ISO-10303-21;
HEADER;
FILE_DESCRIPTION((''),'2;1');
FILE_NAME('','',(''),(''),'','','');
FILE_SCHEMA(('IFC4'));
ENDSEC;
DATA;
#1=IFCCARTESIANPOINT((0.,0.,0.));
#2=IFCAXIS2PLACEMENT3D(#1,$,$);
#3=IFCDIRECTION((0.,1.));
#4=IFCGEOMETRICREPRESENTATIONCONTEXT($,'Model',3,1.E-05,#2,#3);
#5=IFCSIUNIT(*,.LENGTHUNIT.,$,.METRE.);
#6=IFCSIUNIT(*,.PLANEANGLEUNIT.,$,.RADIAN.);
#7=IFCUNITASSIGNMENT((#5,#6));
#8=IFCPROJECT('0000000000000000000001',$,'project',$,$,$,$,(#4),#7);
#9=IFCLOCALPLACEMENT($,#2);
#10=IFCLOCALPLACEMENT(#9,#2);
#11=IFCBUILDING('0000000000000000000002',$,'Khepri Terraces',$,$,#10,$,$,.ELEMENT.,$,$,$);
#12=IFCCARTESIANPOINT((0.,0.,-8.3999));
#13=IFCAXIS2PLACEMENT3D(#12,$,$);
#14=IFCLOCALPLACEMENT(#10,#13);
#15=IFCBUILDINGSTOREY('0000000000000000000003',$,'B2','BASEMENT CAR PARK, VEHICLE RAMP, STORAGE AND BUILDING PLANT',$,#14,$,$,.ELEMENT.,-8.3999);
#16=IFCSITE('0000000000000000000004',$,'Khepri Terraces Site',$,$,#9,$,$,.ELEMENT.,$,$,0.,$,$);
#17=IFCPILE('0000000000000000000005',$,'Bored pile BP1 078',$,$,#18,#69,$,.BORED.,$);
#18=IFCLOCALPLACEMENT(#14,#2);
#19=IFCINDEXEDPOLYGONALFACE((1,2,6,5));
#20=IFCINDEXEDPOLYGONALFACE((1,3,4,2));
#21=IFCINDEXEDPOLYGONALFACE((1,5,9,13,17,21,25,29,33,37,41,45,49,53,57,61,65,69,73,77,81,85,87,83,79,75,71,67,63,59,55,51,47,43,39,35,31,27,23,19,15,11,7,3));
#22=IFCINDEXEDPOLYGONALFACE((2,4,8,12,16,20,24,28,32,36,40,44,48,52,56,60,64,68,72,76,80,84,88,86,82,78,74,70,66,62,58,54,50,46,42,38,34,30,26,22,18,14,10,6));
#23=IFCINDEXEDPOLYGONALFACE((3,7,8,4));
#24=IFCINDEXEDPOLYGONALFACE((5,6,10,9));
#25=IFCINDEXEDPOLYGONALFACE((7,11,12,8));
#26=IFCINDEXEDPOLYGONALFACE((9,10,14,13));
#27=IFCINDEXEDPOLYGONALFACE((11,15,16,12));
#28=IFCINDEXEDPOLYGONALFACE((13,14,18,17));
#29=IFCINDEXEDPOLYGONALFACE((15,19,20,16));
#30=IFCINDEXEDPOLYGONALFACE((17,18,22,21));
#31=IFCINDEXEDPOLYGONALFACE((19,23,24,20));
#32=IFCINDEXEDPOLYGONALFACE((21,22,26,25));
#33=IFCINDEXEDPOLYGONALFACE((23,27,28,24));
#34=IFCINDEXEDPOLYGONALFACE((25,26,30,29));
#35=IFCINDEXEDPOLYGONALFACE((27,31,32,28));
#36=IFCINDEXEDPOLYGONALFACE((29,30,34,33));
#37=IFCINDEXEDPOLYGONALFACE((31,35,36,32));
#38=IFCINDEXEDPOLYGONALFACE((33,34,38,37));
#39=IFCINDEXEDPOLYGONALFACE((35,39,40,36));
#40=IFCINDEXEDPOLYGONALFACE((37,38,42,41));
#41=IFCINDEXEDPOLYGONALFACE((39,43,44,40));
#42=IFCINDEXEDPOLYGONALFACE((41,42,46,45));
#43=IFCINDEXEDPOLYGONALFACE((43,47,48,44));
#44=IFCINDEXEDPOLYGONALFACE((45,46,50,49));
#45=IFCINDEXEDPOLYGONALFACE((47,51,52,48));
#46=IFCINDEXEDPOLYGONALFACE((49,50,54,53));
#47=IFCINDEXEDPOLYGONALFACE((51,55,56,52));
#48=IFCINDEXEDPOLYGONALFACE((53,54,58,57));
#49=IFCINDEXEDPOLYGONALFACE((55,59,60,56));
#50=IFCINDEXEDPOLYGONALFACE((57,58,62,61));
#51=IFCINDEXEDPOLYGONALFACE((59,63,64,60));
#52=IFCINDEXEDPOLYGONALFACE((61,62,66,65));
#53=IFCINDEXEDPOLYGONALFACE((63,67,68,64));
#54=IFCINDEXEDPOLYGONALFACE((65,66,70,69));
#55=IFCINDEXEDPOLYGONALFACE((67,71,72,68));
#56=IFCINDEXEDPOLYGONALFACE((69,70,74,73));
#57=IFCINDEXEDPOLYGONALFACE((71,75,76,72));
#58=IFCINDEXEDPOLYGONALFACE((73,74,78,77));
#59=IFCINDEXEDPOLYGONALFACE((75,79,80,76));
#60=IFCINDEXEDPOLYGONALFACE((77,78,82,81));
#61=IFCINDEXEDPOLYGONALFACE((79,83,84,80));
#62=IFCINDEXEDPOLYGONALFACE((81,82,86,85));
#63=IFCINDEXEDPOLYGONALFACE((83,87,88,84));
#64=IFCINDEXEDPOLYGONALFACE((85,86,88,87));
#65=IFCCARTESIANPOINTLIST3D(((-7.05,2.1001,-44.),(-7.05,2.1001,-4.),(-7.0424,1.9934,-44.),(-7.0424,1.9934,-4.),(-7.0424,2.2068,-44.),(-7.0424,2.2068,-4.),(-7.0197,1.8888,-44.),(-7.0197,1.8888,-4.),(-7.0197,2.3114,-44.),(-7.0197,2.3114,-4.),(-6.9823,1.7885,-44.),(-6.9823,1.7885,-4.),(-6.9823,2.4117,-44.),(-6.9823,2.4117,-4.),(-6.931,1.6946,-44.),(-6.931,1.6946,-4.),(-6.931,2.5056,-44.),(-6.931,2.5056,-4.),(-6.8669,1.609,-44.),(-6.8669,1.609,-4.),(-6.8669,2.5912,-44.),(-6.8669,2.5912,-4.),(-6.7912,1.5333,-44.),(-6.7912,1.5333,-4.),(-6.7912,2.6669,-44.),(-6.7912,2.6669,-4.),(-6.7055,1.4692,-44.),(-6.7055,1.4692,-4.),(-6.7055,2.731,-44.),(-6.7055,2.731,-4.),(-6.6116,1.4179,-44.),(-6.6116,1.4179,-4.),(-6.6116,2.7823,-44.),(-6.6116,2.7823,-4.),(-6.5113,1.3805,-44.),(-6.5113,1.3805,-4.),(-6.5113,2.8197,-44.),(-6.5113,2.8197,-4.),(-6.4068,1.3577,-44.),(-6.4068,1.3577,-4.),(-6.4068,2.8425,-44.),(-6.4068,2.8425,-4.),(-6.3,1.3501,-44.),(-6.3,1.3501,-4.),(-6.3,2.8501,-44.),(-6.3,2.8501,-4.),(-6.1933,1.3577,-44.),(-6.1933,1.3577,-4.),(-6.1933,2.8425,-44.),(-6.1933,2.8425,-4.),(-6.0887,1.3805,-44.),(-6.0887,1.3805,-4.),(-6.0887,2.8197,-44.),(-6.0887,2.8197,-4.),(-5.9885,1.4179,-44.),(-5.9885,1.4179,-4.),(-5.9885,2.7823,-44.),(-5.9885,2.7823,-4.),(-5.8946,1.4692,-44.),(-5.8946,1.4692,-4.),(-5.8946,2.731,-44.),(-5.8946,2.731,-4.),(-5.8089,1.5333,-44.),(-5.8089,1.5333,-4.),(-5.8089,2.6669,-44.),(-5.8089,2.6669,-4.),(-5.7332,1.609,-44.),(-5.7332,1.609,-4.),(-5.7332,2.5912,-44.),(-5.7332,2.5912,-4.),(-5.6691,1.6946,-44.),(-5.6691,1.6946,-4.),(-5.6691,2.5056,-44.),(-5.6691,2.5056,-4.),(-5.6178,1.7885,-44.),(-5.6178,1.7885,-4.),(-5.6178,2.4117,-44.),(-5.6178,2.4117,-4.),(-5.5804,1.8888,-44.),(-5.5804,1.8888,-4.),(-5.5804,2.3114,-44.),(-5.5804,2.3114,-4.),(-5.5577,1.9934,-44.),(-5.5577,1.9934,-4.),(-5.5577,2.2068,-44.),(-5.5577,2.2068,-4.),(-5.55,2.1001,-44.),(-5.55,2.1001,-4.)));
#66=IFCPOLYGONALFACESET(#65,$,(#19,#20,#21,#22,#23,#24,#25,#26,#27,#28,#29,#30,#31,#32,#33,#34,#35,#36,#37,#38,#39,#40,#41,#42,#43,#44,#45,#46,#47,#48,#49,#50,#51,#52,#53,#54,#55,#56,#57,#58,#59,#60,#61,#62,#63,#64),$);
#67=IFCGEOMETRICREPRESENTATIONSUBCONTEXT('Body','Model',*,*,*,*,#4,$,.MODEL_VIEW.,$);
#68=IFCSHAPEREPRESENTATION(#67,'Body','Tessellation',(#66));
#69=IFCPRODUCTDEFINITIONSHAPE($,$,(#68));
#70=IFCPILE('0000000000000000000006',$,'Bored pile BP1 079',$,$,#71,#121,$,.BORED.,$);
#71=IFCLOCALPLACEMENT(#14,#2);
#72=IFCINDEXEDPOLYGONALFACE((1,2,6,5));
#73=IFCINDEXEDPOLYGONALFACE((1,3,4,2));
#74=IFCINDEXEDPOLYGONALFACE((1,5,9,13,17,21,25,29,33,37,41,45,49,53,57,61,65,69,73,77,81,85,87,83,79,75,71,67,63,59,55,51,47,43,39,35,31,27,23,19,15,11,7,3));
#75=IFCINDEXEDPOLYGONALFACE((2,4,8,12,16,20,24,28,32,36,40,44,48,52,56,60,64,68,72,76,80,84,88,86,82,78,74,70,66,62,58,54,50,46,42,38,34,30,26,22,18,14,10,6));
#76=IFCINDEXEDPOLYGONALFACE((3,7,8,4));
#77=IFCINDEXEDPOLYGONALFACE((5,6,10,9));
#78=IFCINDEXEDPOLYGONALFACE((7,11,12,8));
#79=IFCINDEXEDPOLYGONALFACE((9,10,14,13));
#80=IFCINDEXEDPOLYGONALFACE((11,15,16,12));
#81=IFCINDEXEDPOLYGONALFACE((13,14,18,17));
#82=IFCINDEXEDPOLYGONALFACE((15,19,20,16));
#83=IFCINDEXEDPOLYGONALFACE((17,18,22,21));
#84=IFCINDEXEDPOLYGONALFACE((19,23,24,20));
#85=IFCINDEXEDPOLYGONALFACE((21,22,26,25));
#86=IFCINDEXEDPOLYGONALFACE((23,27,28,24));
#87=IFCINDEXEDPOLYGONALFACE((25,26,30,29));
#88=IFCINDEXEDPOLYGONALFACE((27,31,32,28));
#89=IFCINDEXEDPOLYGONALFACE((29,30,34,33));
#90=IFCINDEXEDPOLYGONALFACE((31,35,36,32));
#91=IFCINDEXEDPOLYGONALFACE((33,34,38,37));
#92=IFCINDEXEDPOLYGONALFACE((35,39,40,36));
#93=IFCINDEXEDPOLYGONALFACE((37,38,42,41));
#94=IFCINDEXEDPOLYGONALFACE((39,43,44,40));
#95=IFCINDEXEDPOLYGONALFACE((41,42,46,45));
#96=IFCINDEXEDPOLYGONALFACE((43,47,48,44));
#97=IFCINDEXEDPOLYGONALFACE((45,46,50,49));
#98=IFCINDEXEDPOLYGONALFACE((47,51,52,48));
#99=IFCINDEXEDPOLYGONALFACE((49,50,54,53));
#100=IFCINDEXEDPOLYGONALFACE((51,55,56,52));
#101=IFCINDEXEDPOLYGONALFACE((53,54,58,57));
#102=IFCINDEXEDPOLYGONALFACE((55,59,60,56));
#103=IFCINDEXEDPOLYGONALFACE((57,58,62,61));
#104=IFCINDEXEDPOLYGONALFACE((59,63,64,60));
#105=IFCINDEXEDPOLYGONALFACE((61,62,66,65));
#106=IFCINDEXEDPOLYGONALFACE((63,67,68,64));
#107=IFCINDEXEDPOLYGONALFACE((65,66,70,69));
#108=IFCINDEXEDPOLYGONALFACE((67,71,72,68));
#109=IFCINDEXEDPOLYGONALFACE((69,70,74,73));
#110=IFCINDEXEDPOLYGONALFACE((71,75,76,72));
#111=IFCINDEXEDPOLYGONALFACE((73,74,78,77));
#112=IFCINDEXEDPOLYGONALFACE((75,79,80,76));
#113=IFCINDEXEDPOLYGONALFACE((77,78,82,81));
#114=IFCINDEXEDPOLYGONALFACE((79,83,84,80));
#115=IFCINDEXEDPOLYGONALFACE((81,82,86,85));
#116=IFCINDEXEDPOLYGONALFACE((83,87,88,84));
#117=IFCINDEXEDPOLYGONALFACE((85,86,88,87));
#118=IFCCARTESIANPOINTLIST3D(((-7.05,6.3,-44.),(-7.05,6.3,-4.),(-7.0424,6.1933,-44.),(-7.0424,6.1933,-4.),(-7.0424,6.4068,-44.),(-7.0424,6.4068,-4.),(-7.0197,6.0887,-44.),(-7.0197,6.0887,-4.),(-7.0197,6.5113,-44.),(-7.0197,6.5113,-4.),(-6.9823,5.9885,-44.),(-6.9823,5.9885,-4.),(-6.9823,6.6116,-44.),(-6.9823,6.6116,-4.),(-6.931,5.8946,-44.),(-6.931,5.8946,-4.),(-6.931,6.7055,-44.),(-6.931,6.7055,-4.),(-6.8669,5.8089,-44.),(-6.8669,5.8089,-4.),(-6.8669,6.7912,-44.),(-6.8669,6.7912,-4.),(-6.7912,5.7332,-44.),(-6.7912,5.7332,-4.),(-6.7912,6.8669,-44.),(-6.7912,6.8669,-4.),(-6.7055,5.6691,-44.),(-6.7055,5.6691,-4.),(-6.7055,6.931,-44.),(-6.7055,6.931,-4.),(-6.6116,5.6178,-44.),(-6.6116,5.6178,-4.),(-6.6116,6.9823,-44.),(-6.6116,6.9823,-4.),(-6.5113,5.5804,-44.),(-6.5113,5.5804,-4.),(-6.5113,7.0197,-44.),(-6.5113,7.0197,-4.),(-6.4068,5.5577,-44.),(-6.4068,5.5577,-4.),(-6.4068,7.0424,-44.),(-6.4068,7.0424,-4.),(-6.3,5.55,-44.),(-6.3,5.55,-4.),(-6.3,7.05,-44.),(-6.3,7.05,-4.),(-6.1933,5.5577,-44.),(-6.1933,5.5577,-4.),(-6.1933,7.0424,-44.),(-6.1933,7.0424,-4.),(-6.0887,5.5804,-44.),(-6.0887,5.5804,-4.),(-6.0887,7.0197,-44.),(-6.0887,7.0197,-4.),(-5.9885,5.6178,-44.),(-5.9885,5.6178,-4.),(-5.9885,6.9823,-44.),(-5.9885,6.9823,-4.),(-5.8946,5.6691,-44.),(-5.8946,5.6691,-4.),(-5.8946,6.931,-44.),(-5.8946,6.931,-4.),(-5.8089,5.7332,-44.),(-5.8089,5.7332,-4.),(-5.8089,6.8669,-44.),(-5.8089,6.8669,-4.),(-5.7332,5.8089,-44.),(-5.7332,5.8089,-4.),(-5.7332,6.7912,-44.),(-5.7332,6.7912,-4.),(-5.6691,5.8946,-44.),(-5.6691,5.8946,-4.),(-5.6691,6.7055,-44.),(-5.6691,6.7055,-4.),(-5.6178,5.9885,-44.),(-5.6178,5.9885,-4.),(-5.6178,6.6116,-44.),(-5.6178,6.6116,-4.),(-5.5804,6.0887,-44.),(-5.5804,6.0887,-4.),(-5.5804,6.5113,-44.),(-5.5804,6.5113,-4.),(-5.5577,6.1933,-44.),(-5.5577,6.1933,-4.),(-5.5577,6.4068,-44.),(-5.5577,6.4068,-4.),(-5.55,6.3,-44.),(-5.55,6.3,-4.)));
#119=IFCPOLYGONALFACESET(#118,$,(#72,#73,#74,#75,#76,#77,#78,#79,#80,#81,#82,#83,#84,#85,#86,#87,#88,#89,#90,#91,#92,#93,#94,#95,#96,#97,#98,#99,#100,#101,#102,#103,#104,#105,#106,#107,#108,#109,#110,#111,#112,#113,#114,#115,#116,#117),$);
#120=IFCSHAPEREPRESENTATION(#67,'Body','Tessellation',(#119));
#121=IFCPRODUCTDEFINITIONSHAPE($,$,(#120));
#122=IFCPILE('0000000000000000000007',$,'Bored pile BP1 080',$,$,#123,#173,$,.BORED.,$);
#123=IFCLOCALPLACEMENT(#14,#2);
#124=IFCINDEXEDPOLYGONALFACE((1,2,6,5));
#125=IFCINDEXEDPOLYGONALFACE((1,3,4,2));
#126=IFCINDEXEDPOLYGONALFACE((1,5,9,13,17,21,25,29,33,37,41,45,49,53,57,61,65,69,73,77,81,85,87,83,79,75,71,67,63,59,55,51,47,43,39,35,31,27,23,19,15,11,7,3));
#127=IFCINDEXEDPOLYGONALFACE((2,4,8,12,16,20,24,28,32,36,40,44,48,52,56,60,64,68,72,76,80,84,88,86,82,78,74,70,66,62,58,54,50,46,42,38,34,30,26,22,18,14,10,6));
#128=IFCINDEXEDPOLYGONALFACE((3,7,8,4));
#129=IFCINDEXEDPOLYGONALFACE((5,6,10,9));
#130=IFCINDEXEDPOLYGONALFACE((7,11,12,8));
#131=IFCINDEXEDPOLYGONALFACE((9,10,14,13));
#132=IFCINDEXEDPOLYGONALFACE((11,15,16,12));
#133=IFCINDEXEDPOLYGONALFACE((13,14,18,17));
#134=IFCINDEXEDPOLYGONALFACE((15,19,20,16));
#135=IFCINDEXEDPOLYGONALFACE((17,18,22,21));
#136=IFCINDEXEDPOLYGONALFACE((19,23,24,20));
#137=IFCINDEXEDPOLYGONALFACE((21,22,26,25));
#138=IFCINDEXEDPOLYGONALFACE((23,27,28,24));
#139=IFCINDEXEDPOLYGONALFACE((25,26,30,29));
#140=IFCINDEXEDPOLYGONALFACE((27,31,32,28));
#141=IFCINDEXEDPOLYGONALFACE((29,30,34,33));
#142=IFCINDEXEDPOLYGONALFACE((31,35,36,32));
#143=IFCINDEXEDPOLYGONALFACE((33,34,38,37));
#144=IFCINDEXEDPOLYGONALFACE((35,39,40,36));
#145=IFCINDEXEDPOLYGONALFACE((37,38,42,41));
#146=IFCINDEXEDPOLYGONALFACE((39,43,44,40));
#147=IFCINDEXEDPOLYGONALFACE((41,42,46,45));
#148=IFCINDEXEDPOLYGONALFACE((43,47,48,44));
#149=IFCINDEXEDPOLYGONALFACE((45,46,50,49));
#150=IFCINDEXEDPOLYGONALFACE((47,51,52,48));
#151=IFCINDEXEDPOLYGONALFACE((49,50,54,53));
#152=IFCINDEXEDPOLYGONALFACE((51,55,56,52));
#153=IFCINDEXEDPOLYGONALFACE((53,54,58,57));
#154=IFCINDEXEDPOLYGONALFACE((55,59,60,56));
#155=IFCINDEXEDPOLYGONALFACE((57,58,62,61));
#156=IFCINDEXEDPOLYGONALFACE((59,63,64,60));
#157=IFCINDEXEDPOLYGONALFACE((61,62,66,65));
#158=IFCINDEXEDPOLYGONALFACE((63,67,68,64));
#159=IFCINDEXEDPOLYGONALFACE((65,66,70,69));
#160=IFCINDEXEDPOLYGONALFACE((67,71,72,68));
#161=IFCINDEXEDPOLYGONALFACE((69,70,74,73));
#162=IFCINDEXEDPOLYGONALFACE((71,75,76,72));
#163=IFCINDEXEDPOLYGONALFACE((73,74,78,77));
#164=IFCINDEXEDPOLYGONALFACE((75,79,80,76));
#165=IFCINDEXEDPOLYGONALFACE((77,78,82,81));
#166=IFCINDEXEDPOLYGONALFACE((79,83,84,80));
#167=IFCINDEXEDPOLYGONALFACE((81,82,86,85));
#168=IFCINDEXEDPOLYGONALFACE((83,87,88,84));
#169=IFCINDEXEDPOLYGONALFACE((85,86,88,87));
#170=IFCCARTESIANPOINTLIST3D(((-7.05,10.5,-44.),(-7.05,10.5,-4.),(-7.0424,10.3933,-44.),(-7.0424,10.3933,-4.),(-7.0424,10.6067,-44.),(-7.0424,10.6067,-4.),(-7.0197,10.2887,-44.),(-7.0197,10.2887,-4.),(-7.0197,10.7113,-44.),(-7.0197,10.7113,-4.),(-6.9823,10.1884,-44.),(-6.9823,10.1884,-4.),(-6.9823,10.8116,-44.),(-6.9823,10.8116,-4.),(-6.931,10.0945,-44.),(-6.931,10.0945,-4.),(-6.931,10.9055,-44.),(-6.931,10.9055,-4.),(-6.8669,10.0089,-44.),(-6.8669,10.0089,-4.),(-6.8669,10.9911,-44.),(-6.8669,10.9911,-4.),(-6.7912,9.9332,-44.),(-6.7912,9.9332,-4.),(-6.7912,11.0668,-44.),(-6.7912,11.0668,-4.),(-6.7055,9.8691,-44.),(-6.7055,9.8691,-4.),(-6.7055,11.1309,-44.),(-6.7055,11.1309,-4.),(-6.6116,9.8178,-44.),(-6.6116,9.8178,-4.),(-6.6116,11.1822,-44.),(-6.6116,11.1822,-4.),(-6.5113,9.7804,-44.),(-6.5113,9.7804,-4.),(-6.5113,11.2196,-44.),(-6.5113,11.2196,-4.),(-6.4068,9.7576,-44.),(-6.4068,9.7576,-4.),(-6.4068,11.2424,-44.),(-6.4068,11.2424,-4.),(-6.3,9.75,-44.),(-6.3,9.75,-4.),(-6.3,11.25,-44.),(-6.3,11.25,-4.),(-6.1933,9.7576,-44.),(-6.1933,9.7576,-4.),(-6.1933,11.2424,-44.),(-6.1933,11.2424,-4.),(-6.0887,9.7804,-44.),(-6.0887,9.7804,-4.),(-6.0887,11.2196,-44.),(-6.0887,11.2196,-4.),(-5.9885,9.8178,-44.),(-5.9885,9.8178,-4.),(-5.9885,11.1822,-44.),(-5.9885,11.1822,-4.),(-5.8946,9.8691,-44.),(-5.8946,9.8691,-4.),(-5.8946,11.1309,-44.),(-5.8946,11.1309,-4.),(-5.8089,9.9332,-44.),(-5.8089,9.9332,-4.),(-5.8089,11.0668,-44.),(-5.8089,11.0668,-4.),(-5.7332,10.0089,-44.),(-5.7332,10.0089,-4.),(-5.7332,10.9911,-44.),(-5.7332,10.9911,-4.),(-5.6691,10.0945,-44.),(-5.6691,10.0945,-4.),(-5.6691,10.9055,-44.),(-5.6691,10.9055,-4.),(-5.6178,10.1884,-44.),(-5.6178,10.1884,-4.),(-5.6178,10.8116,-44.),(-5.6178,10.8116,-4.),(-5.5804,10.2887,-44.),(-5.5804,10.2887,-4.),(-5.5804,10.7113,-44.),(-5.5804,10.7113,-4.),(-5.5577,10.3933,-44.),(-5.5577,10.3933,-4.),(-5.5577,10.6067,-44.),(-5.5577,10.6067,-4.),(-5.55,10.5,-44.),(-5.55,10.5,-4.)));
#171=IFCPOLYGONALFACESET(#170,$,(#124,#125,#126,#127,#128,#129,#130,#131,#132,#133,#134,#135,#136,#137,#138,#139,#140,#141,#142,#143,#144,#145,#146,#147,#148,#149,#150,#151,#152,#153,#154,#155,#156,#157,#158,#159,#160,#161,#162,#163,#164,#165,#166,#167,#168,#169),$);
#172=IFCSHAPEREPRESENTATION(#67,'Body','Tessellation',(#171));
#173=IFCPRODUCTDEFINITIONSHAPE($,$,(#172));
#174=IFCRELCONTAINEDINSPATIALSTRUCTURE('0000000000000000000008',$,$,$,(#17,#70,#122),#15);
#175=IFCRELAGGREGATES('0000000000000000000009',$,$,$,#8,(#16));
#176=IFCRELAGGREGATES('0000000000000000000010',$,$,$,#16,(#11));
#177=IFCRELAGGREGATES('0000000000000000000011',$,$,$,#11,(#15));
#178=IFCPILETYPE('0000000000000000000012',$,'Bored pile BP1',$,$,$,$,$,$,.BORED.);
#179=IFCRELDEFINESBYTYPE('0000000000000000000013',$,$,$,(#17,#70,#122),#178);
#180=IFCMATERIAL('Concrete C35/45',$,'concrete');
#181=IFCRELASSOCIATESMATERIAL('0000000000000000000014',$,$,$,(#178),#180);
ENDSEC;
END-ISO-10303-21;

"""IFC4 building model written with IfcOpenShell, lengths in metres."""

from ifc_helpers import new_model, si_unit, direction, frame, origin, origin_2d, place, context, subcontext, project, spatial, circle, extrude, material, material_profile, profile_set, type_object, element, save


model = new_model("IFC4")

# Units and contexts
model_context = context("Model", 3, precision=1e-05, world=origin(), true_north=direction((0.0, 1.0)))
body_context = subcontext(model_context, "Body", "Model", "MODEL_VIEW")
ifc_project = project(units=[si_unit("LENGTHUNIT", "METRE"), si_unit("PLANEANGLEUNIT", "RADIAN")], contexts=[model_context])

# Site, building, storey
site_placement = place(None, origin())
site = spatial("IfcSite", under=ifc_project, at=site_placement, Name="Khepri Terraces Site", CompositionType="ELEMENT", RefElevation=0.0)
building_placement = place(site_placement, origin())
building = spatial("IfcBuilding", under=site, at=building_placement, Name="Khepri Terraces", CompositionType="ELEMENT")
storey_placement = place(building_placement, frame((0.0, 0.0, -8.3999)))
storey = spatial("IfcBuildingStorey", under=building, at=storey_placement, Name="B2", Description="BASEMENT CAR PARK, VEHICLE RAMP, STORAGE AND BUILDING PLANT", CompositionType="ELEMENT", Elevation=-8.3999)

# Piles
ifc_material_1 = material(Name="Concrete C35/45", Category="concrete")
ifc_material_profile = material_profile(ifc_material_1, circle(Radius=0.75, at=origin_2d()), Name="Concrete C35/45", Category="concrete")
ifc_profile_set = profile_set([ifc_material_profile], Name="Concrete C35/45")
pile_type = type_object("IfcPileType", Name="Bored pile BP1", PredefinedType="BORED", material=ifc_profile_set)
for number, where, z_axis, x_axis, name in (
    (1, (-6.3, 2.1001, -4.0), (0.0, 0.0, -1.0), (1.0, 0.0, 0.0), "Bored pile BP1 078"),
    (2, (-6.3, 6.3, -4.0), (0.0, 0.0, -1.0), (1.0, 0.0, 0.0), "Bored pile BP1 079"),
    (3, (-6.3, 10.5, -4.0), (0.0, 0.0, -1.0), (1.0, 0.0, 0.0), "Bored pile BP1 080"),
):
    element("IfcPile", number, at=place(storey_placement, frame(where, z_axis=z_axis, x_axis=x_axis)), inside=storey, type_object=pile_type, Name=name, PredefinedType="BORED", context=body_context, shape_type="SweptSolid", body=[
        extrude(circle(Radius=0.75, at=origin_2d()), origin(), (0.0, 0.0, 1.0), 40.0),
    ])

save(model, "model.ifc")
